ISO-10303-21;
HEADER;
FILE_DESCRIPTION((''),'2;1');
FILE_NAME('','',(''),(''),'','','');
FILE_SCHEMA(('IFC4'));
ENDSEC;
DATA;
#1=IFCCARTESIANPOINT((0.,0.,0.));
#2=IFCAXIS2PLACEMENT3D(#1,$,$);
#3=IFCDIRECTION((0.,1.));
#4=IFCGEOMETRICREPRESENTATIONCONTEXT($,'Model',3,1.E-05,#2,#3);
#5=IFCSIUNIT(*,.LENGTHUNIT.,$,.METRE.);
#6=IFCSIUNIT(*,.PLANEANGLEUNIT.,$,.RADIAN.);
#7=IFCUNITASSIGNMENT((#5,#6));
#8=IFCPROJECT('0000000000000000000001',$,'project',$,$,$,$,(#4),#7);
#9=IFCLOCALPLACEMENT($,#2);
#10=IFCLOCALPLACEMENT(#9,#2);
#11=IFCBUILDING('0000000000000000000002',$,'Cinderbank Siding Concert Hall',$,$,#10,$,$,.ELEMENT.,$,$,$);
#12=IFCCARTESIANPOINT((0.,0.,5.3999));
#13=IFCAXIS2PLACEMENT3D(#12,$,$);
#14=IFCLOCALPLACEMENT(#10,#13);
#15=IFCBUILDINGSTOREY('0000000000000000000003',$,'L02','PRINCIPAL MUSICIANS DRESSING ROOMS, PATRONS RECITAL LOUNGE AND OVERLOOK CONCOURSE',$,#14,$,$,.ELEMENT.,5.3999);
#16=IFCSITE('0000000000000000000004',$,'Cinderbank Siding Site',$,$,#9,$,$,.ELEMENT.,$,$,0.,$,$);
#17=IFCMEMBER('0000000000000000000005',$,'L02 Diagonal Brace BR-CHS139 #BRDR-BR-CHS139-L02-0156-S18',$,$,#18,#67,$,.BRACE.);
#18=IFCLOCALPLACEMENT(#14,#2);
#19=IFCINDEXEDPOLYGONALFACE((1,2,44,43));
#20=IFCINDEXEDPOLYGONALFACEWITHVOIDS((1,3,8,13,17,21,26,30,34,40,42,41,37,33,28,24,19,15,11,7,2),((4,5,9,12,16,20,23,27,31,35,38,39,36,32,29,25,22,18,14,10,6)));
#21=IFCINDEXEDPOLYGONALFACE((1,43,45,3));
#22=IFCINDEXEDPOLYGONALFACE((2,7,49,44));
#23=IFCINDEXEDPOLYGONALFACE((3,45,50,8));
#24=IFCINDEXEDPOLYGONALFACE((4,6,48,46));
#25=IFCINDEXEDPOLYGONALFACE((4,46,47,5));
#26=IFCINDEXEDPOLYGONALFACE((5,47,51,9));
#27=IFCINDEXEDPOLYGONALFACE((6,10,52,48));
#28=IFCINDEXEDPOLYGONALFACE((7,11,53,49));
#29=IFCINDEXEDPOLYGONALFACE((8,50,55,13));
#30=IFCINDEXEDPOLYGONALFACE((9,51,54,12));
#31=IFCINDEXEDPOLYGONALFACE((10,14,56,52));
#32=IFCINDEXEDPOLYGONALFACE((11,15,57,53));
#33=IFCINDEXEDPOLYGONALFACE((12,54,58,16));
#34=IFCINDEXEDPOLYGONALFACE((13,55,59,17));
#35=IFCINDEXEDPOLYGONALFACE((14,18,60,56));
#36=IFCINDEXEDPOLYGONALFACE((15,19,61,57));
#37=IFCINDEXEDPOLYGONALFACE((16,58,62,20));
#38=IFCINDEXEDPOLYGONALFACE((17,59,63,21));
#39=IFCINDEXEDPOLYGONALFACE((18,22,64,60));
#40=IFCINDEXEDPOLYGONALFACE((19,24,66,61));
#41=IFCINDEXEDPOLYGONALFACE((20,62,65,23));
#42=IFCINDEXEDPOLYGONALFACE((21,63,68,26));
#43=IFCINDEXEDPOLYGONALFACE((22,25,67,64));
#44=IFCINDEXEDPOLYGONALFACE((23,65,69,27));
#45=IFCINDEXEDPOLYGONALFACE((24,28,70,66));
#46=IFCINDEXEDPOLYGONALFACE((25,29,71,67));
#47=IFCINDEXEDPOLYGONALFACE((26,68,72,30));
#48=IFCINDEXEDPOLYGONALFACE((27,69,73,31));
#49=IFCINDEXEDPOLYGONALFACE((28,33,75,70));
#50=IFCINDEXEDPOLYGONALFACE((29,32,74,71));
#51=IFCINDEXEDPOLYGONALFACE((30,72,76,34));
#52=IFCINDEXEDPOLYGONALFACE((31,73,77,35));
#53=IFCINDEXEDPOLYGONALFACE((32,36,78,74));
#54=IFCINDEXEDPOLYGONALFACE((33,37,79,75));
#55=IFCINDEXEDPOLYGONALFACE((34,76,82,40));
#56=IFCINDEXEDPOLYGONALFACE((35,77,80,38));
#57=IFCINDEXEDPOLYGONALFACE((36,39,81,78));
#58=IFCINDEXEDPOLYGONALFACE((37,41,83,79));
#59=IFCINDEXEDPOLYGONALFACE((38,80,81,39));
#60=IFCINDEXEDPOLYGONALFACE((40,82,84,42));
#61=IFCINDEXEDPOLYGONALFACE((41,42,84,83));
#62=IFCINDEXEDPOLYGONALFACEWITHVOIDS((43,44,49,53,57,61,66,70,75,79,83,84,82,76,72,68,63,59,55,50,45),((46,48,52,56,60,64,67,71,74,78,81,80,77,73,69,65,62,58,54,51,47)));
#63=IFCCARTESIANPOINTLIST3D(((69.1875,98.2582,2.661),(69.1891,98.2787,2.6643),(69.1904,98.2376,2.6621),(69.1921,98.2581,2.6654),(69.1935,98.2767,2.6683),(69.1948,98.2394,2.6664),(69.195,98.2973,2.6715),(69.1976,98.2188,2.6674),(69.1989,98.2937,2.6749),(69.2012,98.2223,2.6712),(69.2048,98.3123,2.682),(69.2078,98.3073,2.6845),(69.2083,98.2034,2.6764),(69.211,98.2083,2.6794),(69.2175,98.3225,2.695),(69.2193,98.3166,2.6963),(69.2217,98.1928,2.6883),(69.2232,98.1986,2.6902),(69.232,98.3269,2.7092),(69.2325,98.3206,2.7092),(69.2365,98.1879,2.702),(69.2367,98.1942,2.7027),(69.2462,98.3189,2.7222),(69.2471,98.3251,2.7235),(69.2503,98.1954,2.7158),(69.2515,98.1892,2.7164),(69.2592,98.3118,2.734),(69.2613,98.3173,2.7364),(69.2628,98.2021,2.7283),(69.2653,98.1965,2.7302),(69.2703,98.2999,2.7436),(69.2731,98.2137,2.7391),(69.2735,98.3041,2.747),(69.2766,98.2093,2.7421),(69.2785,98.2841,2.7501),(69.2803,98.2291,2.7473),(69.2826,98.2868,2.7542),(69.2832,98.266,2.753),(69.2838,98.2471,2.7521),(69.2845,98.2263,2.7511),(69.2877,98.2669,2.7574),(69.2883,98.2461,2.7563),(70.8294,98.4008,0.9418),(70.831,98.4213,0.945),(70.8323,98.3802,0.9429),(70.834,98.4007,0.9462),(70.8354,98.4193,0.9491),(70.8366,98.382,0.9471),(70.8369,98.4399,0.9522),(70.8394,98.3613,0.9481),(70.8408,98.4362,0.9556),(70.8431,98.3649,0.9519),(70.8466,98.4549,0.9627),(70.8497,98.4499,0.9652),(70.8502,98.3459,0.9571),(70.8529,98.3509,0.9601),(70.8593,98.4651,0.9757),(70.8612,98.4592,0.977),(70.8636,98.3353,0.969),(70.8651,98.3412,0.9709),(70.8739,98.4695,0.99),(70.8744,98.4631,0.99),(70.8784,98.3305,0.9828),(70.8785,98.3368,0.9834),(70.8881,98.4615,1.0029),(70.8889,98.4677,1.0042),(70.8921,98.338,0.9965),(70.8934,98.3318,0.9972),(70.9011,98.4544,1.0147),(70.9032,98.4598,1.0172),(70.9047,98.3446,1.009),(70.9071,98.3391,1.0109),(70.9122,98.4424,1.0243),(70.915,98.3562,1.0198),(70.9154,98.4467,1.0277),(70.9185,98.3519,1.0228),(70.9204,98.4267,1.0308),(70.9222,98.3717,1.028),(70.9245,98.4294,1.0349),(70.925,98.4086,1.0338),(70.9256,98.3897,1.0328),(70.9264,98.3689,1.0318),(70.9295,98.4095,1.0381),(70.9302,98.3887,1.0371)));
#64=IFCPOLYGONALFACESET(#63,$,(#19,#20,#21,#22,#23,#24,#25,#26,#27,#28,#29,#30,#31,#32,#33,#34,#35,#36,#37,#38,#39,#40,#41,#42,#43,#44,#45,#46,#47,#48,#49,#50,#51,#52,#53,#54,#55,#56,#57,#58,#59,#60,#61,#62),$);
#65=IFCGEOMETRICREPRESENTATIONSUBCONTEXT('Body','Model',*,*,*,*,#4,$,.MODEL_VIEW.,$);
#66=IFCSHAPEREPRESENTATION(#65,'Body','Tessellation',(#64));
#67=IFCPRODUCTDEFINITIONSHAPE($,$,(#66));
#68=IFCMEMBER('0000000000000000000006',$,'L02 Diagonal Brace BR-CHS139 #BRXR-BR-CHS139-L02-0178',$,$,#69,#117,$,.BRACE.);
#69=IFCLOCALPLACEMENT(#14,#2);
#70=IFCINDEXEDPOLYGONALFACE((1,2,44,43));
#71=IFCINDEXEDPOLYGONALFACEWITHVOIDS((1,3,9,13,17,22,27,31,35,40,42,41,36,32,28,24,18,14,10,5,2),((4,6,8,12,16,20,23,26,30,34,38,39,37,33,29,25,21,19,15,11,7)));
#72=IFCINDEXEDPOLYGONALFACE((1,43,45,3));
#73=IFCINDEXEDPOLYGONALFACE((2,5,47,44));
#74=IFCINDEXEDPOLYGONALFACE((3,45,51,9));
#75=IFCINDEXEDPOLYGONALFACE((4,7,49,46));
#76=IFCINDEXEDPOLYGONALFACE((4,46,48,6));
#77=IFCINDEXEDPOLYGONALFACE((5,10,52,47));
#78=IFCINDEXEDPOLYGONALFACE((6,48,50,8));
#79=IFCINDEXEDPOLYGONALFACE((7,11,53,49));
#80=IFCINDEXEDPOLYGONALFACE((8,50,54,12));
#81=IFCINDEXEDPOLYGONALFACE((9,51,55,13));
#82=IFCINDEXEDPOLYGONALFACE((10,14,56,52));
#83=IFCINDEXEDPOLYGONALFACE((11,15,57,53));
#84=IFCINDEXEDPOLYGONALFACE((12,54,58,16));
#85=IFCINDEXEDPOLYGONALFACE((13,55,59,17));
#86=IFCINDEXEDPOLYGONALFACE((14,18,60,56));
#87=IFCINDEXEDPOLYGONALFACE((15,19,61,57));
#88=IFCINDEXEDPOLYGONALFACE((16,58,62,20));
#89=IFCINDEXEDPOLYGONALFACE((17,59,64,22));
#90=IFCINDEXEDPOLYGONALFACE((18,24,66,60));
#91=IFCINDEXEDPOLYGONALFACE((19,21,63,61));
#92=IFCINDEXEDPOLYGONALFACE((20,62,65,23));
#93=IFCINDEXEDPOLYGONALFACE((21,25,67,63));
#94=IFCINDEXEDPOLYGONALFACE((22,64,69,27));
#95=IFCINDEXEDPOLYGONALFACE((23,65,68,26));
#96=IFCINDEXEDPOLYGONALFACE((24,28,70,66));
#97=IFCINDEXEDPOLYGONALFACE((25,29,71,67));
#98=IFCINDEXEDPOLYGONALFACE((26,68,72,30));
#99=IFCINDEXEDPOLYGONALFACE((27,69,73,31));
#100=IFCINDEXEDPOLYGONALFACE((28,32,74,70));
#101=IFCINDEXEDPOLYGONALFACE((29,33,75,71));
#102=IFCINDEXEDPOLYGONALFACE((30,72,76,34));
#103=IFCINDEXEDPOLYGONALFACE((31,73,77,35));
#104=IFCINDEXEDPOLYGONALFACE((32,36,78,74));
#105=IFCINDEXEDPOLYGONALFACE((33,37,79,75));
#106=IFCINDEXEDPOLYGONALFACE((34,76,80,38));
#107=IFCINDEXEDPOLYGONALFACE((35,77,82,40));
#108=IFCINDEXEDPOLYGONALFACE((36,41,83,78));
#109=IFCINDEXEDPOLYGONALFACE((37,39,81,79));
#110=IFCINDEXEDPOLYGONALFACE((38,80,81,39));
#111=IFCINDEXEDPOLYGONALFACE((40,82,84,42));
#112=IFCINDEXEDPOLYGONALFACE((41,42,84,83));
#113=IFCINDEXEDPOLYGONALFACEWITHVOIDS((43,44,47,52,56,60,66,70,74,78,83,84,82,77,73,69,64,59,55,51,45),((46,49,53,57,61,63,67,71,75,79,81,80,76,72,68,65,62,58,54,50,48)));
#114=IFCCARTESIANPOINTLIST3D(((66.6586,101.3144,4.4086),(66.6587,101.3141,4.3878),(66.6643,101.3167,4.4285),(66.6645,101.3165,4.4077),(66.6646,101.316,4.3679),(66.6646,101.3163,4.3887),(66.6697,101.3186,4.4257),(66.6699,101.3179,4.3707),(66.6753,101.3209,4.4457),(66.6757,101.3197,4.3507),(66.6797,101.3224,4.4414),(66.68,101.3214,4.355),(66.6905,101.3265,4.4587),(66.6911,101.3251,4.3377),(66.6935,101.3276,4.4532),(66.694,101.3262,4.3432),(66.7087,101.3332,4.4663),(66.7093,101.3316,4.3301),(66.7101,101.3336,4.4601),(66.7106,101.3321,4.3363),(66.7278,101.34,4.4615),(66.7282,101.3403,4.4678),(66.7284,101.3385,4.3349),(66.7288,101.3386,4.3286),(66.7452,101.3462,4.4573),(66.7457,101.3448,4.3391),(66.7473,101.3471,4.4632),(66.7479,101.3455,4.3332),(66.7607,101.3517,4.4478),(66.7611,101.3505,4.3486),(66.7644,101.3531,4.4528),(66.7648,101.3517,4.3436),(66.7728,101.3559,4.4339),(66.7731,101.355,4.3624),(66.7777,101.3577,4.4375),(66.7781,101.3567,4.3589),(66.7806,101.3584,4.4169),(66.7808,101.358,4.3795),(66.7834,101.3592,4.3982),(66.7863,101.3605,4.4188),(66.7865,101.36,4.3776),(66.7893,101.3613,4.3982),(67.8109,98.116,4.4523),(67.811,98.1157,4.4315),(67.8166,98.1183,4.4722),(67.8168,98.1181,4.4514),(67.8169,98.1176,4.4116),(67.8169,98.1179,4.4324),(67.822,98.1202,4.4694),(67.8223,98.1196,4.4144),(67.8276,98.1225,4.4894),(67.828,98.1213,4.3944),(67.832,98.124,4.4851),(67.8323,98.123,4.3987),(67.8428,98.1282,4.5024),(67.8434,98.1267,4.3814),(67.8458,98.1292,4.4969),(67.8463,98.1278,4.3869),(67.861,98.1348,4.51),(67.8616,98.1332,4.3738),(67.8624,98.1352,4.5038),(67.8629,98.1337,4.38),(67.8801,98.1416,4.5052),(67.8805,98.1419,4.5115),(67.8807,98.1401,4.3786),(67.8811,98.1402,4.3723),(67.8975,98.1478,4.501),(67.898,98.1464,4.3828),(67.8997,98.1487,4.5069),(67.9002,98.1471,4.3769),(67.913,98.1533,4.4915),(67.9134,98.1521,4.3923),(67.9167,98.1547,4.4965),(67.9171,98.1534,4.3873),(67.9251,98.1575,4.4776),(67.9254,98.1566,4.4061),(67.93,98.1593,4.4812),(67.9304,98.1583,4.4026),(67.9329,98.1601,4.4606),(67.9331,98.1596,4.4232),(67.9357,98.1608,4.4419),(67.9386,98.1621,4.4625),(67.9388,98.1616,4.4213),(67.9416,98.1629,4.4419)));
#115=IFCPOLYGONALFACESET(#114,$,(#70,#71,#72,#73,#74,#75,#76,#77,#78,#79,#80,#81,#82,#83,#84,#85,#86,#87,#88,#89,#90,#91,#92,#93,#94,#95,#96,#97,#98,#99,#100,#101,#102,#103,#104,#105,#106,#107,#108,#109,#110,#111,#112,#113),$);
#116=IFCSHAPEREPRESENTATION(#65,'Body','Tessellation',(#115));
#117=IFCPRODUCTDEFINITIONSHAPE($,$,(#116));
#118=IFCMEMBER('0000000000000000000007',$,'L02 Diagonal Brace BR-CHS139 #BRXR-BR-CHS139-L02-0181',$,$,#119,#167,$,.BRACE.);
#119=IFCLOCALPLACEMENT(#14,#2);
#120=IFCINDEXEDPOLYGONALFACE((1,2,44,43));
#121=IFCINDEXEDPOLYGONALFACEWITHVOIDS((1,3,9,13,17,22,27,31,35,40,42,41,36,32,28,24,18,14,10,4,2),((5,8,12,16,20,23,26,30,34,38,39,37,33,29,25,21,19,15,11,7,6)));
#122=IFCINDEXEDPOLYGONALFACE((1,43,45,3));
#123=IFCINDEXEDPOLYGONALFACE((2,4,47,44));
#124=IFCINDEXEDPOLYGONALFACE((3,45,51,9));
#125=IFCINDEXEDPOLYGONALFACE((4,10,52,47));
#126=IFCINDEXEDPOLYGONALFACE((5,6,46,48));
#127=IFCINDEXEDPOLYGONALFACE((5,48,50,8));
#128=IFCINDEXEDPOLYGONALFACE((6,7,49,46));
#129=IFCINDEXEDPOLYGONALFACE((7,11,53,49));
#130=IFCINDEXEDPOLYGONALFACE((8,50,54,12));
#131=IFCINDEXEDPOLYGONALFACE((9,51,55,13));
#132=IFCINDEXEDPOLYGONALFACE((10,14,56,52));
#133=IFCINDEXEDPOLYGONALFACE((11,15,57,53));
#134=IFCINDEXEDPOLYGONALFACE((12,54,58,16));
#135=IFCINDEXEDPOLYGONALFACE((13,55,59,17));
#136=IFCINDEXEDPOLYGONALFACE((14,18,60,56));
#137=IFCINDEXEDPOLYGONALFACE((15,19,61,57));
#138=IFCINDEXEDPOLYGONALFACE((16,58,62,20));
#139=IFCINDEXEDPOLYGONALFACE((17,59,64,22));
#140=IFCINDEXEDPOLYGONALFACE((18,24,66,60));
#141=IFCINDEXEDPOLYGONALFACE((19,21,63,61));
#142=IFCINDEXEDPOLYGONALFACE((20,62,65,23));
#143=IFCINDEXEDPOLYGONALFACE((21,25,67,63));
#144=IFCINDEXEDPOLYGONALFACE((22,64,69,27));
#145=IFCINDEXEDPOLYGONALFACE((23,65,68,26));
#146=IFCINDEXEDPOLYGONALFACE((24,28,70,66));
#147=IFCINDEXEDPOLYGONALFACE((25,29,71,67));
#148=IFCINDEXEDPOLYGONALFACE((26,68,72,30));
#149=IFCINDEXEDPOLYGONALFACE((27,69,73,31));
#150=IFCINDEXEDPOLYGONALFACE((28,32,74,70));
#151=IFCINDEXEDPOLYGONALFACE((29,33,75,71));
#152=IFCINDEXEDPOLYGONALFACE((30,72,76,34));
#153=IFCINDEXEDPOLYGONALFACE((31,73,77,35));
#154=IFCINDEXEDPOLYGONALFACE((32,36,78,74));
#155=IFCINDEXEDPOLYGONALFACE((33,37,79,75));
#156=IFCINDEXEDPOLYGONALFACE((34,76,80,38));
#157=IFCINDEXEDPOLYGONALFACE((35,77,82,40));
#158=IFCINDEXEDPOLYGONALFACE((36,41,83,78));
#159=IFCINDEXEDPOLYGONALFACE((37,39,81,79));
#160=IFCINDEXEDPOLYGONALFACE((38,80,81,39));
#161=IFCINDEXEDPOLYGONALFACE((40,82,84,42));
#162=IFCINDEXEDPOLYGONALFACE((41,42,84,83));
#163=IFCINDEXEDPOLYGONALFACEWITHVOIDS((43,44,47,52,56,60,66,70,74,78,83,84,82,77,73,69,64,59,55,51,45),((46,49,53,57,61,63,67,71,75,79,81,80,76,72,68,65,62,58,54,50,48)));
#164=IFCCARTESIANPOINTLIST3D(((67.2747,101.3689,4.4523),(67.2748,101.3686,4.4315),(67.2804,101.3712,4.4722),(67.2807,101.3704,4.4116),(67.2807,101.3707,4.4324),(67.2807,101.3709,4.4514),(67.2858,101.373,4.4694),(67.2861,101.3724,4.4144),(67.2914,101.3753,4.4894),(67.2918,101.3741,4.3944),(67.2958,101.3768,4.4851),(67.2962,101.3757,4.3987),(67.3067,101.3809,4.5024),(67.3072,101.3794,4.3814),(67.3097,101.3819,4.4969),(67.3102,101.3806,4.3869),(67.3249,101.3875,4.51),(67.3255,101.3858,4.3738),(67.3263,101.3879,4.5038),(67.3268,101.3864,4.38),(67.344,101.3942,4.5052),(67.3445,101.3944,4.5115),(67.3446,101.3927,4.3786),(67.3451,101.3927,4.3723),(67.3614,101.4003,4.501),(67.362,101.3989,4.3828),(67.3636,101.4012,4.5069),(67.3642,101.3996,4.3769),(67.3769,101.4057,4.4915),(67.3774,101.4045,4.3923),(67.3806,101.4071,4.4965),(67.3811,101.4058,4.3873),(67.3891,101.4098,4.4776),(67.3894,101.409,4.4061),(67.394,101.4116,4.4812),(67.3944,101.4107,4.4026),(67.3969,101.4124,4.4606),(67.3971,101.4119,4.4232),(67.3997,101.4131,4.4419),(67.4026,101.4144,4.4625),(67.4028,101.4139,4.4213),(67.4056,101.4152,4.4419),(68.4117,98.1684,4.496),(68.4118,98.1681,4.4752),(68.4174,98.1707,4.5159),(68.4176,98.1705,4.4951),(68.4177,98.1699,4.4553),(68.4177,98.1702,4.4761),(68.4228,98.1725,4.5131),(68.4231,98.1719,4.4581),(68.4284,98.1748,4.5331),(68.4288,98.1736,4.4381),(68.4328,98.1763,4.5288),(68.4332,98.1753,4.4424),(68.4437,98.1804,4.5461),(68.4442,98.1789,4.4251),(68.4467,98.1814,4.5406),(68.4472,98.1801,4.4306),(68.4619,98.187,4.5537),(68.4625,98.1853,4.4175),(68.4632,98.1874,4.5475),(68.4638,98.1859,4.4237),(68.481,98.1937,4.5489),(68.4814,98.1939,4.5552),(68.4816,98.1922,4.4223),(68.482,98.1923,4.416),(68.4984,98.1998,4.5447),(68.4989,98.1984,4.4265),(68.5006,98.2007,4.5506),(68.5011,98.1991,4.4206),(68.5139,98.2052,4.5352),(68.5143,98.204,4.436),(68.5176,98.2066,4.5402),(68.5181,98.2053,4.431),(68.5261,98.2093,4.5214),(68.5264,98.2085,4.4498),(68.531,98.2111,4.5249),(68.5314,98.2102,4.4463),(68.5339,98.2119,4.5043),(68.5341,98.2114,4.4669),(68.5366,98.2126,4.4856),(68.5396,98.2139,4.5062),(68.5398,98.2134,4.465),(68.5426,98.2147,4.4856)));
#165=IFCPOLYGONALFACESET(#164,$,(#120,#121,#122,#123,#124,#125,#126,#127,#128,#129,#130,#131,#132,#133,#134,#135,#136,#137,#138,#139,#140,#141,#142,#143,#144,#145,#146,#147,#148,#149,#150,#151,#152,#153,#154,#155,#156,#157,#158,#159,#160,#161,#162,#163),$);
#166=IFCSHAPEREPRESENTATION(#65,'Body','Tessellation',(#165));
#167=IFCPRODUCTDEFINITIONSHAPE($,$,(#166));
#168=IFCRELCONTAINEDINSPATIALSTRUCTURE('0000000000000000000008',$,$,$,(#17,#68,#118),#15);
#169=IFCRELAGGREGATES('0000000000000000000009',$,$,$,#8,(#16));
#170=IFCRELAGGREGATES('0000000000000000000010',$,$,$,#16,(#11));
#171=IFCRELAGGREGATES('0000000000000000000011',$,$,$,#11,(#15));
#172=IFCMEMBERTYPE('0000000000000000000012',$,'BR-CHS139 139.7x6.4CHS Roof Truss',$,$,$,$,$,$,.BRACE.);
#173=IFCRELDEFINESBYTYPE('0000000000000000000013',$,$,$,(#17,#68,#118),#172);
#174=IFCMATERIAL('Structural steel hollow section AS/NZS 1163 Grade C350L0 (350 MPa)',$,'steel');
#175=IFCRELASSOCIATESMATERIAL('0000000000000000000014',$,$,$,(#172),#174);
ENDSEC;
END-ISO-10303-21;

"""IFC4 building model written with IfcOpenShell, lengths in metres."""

from ifc_helpers import new_model, si_unit, direction, frame, origin, origin_2d, place, context, subcontext, project, spatial, hollow_circle, extrude, material, material_profile, profile_set, type_object, element, save


model = new_model("IFC4")

# Units and contexts
model_context = context("Model", 3, precision=1e-05, world=origin(), true_north=direction((0.0, 1.0)))
body_context = subcontext(model_context, "Body", "Model", "MODEL_VIEW")
ifc_project = project(units=[si_unit("LENGTHUNIT", "METRE"), si_unit("PLANEANGLEUNIT", "RADIAN")], contexts=[model_context])

# Site, building, storey
site_placement = place(None, origin())
site = spatial("IfcSite", under=ifc_project, at=site_placement, Name="Cinderbank Siding Site", CompositionType="ELEMENT", RefElevation=0.0)
building_placement = place(site_placement, origin())
building = spatial("IfcBuilding", under=site, at=building_placement, Name="Cinderbank Siding Concert Hall", CompositionType="ELEMENT")
storey_placement = place(building_placement, frame((0.0, 0.0, 5.3999)))
storey = spatial("IfcBuildingStorey", under=building, at=storey_placement, Name="L02", Description="PRINCIPAL MUSICIANS DRESSING ROOMS, PATRONS RECITAL LOUNGE AND OVERLOOK CONCOURSE", CompositionType="ELEMENT", Elevation=5.3999)

# Members
ifc_material_1 = material(Name="Structural steel hollow section AS/NZS 1163 Grade C350L0 (350 MPa)", Category="steel")
ifc_material_profile_1 = material_profile(ifc_material_1, hollow_circle(Radius=0.0698, WallThickness=0.0063, at=origin_2d()), Name="139.7x6.4CHS", Category="LoadBearing")
ifc_profile_set_1 = profile_set([ifc_material_profile_1], Name="Structural steel hollow section AS/NZS 1163 Grade C350L0 (350 MPa)")
member_type_1 = type_object("IfcMemberType", Name="BR-CHS139 139.7x6.4CHS Roof Truss", PredefinedType="BRACE", material=ifc_profile_set_1)
for number, where, z_axis, x_axis, name in (
    (1, (69.238, 98.2573, 2.7092), (0.689403, 0.059868, -0.7219), (-0.086515, 0.996251, 0.0), "L02 Diagonal Brace BR-CHS139 #BRDR-BR-CHS139-L02-0156-S18"),
):
    element("IfcMember", number, at=place(storey_placement, frame(where, z_axis=z_axis, x_axis=x_axis)), inside=storey, type_object=member_type_1, Name=name, PredefinedType="BRACE", context=body_context, shape_type="SweptSolid", body=[
        extrude(hollow_circle(Radius=0.0698, WallThickness=0.0063, at=origin_2d()), origin(), (0.0, 0.0, 1.0), 2.3816),
    ])
member_1_placement = place(storey_placement, frame((66.7236, 101.3376, 4.3982), z_axis=(0.338923, -0.940726, 0.012853), x_axis=(0.940804, 0.338951, 0.0)))
element("IfcMember", 2, at=member_1_placement, inside=storey, type_object=member_type_1, Name="L02 Diagonal Brace BR-CHS139 #BRXR-BR-CHS139-L02-0178", PredefinedType="BRACE", context=body_context, shape_type="SweptSolid", body=[
    extrude(hollow_circle(Radius=0.0698, WallThickness=0.0063, at=origin_2d()), origin(), (0.0, 0.0, 1.0), 3.3999),
])
member_2_placement = place(storey_placement, frame((67.3398, 101.3918, 4.4419), z_axis=(0.334728, -0.942227, 0.012866), x_axis=(0.942305, 0.334756, 0.0)))
element("IfcMember", 3, at=member_2_placement, inside=storey, type_object=member_type_1, Name="L02 Diagonal Brace BR-CHS139 #BRXR-BR-CHS139-L02-0181", PredefinedType="BRACE", context=body_context, shape_type="SweptSolid", body=[
    extrude(hollow_circle(Radius=0.0698, WallThickness=0.0063, at=origin_2d()), origin(), (0.0, 0.0, 1.0), 3.3967),
])

save(model, "model.ifc")
